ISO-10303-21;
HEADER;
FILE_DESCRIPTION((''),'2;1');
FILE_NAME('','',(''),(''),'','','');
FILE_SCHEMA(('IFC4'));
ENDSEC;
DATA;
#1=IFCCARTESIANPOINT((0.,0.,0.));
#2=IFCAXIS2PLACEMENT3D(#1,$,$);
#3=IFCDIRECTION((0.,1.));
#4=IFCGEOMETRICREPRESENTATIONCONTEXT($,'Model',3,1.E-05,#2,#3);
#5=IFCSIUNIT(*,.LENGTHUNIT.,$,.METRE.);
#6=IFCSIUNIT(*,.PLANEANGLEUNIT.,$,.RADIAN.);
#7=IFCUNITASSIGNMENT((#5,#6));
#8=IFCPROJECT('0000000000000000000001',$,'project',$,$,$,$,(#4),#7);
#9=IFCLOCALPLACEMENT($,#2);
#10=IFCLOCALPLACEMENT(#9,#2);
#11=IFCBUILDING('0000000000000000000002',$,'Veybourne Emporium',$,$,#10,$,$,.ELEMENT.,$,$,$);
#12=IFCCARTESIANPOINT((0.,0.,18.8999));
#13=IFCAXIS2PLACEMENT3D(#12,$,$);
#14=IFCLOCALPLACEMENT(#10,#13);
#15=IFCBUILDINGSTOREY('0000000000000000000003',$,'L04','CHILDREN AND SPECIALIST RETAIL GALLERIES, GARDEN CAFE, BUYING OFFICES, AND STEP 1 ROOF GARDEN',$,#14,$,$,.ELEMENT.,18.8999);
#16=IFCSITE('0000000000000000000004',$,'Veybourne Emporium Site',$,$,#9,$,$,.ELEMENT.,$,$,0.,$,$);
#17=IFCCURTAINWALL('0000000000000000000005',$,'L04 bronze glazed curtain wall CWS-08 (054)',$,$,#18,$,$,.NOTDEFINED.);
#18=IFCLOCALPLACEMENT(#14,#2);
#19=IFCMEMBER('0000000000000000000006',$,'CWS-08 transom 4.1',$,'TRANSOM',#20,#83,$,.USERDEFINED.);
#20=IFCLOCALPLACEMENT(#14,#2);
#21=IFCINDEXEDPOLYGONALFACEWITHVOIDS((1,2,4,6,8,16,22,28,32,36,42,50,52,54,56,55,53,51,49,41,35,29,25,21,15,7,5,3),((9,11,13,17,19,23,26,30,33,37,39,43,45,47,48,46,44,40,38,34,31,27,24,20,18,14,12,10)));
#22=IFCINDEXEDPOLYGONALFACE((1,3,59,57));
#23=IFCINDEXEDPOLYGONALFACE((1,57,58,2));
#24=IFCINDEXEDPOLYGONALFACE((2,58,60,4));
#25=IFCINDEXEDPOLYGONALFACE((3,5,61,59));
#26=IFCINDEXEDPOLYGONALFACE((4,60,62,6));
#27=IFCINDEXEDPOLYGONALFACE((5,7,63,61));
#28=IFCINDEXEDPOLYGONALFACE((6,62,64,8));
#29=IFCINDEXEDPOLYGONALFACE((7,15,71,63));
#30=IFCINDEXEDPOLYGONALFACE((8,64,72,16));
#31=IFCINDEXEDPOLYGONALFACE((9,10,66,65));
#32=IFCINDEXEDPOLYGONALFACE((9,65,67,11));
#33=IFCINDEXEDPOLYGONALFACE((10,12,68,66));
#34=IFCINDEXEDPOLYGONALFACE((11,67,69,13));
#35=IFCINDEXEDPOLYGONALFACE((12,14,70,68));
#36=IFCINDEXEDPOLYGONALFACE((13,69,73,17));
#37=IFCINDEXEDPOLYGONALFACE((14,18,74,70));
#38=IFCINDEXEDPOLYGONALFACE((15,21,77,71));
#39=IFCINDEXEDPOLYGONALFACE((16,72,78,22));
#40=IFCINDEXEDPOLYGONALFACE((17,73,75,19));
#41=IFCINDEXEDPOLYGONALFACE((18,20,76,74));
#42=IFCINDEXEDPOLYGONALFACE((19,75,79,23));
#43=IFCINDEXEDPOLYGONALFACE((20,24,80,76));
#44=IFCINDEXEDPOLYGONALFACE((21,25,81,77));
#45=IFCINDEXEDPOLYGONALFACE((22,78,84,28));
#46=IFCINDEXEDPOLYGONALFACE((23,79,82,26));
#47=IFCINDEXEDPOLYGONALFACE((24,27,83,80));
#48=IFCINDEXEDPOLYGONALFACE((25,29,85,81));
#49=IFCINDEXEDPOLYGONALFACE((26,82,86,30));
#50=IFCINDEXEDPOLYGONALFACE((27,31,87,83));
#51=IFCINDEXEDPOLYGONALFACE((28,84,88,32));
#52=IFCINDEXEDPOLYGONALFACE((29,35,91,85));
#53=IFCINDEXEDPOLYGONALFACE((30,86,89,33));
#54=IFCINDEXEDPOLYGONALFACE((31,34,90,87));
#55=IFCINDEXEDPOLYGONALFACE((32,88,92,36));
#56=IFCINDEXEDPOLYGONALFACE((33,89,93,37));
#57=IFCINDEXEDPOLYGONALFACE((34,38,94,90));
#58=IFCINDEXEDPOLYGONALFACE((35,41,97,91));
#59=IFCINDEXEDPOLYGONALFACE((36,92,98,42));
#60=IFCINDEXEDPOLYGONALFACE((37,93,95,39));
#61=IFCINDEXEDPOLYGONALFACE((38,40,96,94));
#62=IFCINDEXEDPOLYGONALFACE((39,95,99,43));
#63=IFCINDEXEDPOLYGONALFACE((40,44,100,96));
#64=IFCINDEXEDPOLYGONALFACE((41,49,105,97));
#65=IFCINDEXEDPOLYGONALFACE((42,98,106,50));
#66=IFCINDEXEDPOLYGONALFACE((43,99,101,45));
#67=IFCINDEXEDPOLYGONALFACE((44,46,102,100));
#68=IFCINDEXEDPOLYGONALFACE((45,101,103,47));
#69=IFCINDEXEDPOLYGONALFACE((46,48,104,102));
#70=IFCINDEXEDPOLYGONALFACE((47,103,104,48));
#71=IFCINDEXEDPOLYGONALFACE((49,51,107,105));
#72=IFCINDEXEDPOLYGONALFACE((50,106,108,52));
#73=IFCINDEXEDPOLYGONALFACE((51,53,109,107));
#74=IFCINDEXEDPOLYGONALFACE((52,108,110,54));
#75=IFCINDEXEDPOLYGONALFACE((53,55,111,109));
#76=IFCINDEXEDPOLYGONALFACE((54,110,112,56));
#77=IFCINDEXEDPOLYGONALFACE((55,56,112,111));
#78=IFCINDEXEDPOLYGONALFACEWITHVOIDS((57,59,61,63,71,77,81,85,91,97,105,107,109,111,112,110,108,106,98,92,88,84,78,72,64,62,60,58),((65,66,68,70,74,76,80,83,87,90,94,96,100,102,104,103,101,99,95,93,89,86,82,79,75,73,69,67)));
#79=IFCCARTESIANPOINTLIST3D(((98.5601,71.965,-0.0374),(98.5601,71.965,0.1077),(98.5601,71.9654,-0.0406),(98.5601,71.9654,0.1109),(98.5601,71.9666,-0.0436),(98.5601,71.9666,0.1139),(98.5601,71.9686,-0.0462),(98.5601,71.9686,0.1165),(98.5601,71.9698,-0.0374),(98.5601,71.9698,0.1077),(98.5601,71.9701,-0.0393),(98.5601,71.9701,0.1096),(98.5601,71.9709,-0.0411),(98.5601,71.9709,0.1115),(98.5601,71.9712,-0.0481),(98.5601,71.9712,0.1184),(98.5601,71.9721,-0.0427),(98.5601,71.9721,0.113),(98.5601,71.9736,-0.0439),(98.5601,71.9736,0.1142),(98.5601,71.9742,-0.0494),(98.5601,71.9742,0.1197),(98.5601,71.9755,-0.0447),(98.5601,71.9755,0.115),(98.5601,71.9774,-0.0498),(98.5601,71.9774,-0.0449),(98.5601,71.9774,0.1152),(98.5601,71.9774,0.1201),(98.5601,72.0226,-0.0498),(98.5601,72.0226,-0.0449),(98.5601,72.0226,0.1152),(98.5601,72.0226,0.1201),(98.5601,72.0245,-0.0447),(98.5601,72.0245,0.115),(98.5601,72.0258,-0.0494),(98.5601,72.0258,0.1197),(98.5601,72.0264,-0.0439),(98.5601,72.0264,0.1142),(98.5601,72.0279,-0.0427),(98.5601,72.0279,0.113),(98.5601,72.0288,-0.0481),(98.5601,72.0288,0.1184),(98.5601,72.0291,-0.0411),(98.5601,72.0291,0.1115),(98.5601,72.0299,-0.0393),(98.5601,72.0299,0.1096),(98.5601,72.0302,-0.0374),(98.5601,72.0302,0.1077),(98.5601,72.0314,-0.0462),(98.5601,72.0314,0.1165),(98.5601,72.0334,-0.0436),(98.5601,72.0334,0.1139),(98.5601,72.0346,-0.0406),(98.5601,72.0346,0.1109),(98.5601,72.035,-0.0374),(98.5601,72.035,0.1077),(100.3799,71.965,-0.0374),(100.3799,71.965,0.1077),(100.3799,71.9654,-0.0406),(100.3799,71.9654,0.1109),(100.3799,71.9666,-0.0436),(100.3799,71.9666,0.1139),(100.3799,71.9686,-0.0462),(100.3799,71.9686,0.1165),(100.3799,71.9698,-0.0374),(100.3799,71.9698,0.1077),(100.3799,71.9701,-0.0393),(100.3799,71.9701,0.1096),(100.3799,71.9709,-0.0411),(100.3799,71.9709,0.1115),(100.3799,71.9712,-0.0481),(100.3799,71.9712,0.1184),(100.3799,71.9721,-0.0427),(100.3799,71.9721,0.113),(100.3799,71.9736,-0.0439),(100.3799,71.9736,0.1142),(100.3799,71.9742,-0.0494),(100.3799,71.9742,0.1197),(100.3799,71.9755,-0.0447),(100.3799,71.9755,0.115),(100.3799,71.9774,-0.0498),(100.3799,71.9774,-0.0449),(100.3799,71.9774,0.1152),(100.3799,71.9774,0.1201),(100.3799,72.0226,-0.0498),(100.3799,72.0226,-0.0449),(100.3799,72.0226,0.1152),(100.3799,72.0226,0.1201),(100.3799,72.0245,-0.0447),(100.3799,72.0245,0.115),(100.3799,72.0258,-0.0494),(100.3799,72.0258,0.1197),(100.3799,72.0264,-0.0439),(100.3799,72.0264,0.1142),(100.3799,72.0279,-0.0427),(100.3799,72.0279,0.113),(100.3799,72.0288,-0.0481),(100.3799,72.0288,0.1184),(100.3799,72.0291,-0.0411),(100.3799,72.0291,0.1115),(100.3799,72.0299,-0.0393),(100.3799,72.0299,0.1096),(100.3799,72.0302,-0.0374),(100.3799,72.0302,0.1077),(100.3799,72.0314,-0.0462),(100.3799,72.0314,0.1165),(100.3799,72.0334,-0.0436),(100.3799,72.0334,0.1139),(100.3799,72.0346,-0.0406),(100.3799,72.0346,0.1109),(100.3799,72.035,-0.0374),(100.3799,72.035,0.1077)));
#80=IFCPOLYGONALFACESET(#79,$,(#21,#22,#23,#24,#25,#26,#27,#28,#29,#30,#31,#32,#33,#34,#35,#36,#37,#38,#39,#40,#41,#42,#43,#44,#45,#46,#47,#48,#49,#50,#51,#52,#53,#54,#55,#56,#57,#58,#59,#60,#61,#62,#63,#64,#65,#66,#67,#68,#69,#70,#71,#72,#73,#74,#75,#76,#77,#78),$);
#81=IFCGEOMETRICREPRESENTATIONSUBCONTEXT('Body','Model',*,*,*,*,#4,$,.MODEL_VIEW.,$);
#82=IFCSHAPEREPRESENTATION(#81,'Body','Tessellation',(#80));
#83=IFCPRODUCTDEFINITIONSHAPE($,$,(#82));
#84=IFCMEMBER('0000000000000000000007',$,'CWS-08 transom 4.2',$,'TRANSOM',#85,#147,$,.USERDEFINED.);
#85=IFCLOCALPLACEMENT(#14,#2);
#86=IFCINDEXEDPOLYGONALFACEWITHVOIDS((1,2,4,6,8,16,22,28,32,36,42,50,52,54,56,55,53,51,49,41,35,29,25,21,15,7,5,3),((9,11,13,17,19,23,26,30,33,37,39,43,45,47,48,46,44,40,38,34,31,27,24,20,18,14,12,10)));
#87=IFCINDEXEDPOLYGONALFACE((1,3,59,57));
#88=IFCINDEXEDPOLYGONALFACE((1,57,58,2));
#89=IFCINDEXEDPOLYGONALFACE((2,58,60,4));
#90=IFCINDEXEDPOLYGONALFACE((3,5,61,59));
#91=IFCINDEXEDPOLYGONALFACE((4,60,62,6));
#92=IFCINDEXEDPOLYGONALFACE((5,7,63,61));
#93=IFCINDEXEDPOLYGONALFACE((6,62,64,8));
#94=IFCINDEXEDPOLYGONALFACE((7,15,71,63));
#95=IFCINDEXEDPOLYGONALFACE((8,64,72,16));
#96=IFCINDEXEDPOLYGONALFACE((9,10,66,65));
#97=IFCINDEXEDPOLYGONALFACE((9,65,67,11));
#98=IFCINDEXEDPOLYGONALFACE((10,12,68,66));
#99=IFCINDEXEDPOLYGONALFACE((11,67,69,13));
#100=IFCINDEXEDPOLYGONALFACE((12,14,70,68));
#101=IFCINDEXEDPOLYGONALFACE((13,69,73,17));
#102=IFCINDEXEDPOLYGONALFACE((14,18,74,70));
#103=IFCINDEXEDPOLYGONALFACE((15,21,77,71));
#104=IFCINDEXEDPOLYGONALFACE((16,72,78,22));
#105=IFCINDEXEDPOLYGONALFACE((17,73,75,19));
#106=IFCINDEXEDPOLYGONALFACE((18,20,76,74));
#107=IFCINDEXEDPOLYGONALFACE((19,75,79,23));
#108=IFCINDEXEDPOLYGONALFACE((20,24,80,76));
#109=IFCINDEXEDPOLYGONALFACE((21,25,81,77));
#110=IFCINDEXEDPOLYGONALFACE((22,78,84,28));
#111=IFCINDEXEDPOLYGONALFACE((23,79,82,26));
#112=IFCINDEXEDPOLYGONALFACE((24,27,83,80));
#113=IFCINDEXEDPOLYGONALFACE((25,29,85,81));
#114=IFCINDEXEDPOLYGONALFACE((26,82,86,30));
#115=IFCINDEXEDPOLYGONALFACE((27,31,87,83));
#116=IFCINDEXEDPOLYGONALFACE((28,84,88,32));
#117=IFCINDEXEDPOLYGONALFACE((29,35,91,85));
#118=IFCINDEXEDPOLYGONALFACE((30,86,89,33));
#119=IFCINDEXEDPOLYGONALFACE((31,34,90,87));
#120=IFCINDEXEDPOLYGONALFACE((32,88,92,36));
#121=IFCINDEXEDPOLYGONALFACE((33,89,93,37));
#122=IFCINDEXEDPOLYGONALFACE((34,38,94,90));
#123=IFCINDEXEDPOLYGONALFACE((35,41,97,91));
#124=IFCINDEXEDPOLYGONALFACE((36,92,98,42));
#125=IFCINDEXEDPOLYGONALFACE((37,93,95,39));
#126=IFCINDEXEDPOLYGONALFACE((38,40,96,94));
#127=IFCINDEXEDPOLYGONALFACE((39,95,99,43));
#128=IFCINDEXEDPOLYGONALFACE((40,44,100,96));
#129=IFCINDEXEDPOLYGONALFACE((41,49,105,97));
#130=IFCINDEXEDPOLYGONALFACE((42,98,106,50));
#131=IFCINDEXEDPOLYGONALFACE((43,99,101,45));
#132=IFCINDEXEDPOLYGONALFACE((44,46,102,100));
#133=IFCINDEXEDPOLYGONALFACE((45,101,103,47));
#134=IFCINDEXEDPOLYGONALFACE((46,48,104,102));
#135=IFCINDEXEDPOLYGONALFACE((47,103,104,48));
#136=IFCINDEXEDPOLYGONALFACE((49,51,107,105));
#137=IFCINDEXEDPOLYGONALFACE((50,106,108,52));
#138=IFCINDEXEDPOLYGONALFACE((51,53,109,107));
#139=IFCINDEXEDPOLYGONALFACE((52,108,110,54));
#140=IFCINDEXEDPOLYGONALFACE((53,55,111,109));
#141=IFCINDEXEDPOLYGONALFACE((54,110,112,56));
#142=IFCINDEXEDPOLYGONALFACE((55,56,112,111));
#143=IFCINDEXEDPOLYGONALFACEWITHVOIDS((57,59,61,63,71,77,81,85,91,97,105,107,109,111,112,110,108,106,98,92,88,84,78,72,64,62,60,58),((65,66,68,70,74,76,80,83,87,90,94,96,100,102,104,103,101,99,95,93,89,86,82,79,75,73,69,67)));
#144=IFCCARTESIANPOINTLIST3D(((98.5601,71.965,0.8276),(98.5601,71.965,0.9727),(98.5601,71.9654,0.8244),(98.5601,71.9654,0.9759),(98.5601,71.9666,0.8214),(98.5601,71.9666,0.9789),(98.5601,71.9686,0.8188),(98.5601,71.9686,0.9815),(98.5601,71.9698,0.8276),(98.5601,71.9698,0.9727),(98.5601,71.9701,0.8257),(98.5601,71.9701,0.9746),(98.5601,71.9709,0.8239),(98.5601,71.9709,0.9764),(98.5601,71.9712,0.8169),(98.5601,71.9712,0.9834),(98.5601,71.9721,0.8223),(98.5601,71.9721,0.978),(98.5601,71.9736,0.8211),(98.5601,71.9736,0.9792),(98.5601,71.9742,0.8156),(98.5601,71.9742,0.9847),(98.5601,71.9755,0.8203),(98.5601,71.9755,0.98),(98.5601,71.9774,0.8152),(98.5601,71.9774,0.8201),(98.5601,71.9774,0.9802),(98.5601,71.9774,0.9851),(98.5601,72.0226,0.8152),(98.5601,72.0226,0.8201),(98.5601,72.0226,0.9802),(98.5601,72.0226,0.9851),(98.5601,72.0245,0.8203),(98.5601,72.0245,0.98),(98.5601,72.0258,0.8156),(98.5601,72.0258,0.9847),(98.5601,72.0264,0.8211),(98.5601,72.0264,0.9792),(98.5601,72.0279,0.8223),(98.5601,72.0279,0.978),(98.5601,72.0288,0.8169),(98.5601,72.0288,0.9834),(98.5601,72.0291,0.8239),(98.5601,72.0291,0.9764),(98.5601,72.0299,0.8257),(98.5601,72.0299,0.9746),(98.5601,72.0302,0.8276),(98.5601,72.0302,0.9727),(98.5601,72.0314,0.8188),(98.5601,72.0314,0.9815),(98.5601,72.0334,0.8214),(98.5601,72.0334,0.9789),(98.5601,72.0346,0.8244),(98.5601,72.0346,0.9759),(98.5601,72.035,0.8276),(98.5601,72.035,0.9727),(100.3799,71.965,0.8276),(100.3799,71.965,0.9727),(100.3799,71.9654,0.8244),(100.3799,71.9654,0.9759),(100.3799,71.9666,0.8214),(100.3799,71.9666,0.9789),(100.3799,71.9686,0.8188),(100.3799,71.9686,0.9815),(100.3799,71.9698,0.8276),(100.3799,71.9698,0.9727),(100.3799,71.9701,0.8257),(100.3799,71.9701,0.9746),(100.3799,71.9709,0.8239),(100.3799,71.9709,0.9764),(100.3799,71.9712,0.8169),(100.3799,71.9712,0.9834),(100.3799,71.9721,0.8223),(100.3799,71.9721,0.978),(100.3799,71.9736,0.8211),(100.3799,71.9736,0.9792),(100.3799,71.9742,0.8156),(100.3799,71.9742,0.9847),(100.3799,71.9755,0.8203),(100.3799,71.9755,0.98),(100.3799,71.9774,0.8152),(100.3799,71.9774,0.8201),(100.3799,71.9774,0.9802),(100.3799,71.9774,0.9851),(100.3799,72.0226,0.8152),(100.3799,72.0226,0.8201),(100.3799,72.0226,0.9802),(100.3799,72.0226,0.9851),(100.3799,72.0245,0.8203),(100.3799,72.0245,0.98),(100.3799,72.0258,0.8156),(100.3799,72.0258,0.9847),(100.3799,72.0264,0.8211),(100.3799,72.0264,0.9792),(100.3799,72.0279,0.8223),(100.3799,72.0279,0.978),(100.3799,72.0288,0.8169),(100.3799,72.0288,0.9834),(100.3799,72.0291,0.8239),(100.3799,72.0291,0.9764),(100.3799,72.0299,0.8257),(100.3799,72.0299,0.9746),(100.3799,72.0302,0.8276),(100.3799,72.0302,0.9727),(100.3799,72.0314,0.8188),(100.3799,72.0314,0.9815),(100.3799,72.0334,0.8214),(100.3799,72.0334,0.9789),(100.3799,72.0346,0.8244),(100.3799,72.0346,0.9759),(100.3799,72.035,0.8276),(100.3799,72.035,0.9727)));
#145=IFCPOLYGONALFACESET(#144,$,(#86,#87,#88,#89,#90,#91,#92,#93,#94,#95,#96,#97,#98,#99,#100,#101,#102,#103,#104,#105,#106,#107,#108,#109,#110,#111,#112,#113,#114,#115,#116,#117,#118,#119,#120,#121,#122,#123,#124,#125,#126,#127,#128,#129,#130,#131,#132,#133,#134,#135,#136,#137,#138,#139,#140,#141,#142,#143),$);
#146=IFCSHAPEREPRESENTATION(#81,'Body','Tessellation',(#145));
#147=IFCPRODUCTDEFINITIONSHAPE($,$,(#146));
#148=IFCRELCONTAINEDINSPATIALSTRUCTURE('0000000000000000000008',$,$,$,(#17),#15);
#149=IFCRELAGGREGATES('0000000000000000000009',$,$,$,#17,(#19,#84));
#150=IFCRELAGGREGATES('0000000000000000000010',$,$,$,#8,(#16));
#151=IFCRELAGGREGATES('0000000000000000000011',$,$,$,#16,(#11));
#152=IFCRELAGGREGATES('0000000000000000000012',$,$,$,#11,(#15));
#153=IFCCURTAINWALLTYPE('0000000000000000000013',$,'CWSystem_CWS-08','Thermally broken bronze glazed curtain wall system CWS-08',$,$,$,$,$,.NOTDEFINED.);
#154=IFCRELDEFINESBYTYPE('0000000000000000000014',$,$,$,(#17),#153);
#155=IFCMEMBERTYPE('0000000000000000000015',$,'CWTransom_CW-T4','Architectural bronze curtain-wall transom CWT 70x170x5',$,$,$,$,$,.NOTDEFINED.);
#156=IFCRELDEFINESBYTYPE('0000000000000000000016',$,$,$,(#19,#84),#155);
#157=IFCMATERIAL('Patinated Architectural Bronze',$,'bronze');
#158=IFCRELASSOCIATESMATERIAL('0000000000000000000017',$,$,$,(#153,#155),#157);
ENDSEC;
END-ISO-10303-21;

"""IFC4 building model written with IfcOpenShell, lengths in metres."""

from ifc_helpers import new_model, si_unit, direction, frame, origin, origin_2d, place, context, subcontext, project, spatial, hollow_rectangle, extrude, material, material_profile, profile_set, type_object, element, aggregate, save


model = new_model("IFC4")

# Units and contexts
model_context = context("Model", 3, precision=1e-05, world=origin(), true_north=direction((0.0, 1.0)))
body_context = subcontext(model_context, "Body", "Model", "MODEL_VIEW")
ifc_project = project(units=[si_unit("LENGTHUNIT", "METRE"), si_unit("PLANEANGLEUNIT", "RADIAN")], contexts=[model_context])

# Site, building, storey
site_placement = place(None, origin())
site = spatial("IfcSite", under=ifc_project, at=site_placement, Name="Veybourne Emporium Site", CompositionType="ELEMENT", RefElevation=0.0)
building_placement = place(site_placement, origin())
building = spatial("IfcBuilding", under=site, at=building_placement, Name="Veybourne Emporium", CompositionType="ELEMENT")
storey_placement = place(building_placement, frame((0.0, 0.0, 18.8999)))
storey = spatial("IfcBuildingStorey", under=building, at=storey_placement, Name="L04", Description="CHILDREN AND SPECIALIST RETAIL GALLERIES, GARDEN CAFE, BUYING OFFICES, AND STEP 1 ROOF GARDEN", CompositionType="ELEMENT", Elevation=18.8999)

# Curtain wall, members
ifc_material_1 = material(Name="Patinated Architectural Bronze", Category="bronze")
curtain_wall_type = type_object("IfcCurtainWallType", Name="CWSystem_CWS-08", Description="Thermally broken bronze glazed curtain wall system CWS-08", PredefinedType="NOTDEFINED", material=ifc_material_1)
curtain_wall_placement = place(storey_placement, origin())
curtain_wall = element("IfcCurtainWall", 1, at=curtain_wall_placement, inside=storey, type_object=curtain_wall_type, Name="L04 bronze glazed curtain wall CWS-08 (054)", PredefinedType="NOTDEFINED")
ifc_material_profile_1 = material_profile(ifc_material_1, hollow_rectangle(XDim=0.0701, YDim=0.1699, WallThickness=0.0049, InnerFilletRadius=0.0076, OuterFilletRadius=0.0125, at=origin_2d()), Name="CWT 70x170x5")
ifc_profile_set_1 = profile_set([ifc_material_profile_1], Name="Patinated Architectural Bronze")
member_type_1 = type_object("IfcMemberType", Name="CWTransom_CW-T4", Description="Architectural bronze curtain-wall transom CWT 70x170x5", PredefinedType="NOTDEFINED", material=ifc_profile_set_1)
member_1_placement = place(storey_placement, frame((98.5601, 72.0, 0.0352), z_axis=(1.0, 0.0, 0.0), x_axis=(0.0, 1.0, 0.0)))
member_1 = element("IfcMember", 2, at=member_1_placement, type_object=member_type_1, Name="CWS-08 transom 4.1", ObjectType="TRANSOM", PredefinedType="USERDEFINED", context=body_context, shape_type="SweptSolid", body=[
    extrude(hollow_rectangle(XDim=0.0701, YDim=0.1699, WallThickness=0.0049, InnerFilletRadius=0.0076, OuterFilletRadius=0.0125, at=origin_2d()), origin(), (0.0, 0.0, 1.0), 1.8198),
])
member_2_placement = place(storey_placement, frame((98.5601, 72.0, 0.9001), z_axis=(1.0, 0.0, 0.0), x_axis=(0.0, 1.0, 0.0)))
member_2 = element("IfcMember", 3, at=member_2_placement, type_object=member_type_1, Name="CWS-08 transom 4.2", ObjectType="TRANSOM", PredefinedType="USERDEFINED", context=body_context, shape_type="SweptSolid", body=[
    extrude(hollow_rectangle(XDim=0.0701, YDim=0.1699, WallThickness=0.0049, InnerFilletRadius=0.0076, OuterFilletRadius=0.0125, at=origin_2d()), origin(), (0.0, 0.0, 1.0), 1.8198),
])
aggregate(curtain_wall, [member_1, member_2])

save(model, "model.ifc")
